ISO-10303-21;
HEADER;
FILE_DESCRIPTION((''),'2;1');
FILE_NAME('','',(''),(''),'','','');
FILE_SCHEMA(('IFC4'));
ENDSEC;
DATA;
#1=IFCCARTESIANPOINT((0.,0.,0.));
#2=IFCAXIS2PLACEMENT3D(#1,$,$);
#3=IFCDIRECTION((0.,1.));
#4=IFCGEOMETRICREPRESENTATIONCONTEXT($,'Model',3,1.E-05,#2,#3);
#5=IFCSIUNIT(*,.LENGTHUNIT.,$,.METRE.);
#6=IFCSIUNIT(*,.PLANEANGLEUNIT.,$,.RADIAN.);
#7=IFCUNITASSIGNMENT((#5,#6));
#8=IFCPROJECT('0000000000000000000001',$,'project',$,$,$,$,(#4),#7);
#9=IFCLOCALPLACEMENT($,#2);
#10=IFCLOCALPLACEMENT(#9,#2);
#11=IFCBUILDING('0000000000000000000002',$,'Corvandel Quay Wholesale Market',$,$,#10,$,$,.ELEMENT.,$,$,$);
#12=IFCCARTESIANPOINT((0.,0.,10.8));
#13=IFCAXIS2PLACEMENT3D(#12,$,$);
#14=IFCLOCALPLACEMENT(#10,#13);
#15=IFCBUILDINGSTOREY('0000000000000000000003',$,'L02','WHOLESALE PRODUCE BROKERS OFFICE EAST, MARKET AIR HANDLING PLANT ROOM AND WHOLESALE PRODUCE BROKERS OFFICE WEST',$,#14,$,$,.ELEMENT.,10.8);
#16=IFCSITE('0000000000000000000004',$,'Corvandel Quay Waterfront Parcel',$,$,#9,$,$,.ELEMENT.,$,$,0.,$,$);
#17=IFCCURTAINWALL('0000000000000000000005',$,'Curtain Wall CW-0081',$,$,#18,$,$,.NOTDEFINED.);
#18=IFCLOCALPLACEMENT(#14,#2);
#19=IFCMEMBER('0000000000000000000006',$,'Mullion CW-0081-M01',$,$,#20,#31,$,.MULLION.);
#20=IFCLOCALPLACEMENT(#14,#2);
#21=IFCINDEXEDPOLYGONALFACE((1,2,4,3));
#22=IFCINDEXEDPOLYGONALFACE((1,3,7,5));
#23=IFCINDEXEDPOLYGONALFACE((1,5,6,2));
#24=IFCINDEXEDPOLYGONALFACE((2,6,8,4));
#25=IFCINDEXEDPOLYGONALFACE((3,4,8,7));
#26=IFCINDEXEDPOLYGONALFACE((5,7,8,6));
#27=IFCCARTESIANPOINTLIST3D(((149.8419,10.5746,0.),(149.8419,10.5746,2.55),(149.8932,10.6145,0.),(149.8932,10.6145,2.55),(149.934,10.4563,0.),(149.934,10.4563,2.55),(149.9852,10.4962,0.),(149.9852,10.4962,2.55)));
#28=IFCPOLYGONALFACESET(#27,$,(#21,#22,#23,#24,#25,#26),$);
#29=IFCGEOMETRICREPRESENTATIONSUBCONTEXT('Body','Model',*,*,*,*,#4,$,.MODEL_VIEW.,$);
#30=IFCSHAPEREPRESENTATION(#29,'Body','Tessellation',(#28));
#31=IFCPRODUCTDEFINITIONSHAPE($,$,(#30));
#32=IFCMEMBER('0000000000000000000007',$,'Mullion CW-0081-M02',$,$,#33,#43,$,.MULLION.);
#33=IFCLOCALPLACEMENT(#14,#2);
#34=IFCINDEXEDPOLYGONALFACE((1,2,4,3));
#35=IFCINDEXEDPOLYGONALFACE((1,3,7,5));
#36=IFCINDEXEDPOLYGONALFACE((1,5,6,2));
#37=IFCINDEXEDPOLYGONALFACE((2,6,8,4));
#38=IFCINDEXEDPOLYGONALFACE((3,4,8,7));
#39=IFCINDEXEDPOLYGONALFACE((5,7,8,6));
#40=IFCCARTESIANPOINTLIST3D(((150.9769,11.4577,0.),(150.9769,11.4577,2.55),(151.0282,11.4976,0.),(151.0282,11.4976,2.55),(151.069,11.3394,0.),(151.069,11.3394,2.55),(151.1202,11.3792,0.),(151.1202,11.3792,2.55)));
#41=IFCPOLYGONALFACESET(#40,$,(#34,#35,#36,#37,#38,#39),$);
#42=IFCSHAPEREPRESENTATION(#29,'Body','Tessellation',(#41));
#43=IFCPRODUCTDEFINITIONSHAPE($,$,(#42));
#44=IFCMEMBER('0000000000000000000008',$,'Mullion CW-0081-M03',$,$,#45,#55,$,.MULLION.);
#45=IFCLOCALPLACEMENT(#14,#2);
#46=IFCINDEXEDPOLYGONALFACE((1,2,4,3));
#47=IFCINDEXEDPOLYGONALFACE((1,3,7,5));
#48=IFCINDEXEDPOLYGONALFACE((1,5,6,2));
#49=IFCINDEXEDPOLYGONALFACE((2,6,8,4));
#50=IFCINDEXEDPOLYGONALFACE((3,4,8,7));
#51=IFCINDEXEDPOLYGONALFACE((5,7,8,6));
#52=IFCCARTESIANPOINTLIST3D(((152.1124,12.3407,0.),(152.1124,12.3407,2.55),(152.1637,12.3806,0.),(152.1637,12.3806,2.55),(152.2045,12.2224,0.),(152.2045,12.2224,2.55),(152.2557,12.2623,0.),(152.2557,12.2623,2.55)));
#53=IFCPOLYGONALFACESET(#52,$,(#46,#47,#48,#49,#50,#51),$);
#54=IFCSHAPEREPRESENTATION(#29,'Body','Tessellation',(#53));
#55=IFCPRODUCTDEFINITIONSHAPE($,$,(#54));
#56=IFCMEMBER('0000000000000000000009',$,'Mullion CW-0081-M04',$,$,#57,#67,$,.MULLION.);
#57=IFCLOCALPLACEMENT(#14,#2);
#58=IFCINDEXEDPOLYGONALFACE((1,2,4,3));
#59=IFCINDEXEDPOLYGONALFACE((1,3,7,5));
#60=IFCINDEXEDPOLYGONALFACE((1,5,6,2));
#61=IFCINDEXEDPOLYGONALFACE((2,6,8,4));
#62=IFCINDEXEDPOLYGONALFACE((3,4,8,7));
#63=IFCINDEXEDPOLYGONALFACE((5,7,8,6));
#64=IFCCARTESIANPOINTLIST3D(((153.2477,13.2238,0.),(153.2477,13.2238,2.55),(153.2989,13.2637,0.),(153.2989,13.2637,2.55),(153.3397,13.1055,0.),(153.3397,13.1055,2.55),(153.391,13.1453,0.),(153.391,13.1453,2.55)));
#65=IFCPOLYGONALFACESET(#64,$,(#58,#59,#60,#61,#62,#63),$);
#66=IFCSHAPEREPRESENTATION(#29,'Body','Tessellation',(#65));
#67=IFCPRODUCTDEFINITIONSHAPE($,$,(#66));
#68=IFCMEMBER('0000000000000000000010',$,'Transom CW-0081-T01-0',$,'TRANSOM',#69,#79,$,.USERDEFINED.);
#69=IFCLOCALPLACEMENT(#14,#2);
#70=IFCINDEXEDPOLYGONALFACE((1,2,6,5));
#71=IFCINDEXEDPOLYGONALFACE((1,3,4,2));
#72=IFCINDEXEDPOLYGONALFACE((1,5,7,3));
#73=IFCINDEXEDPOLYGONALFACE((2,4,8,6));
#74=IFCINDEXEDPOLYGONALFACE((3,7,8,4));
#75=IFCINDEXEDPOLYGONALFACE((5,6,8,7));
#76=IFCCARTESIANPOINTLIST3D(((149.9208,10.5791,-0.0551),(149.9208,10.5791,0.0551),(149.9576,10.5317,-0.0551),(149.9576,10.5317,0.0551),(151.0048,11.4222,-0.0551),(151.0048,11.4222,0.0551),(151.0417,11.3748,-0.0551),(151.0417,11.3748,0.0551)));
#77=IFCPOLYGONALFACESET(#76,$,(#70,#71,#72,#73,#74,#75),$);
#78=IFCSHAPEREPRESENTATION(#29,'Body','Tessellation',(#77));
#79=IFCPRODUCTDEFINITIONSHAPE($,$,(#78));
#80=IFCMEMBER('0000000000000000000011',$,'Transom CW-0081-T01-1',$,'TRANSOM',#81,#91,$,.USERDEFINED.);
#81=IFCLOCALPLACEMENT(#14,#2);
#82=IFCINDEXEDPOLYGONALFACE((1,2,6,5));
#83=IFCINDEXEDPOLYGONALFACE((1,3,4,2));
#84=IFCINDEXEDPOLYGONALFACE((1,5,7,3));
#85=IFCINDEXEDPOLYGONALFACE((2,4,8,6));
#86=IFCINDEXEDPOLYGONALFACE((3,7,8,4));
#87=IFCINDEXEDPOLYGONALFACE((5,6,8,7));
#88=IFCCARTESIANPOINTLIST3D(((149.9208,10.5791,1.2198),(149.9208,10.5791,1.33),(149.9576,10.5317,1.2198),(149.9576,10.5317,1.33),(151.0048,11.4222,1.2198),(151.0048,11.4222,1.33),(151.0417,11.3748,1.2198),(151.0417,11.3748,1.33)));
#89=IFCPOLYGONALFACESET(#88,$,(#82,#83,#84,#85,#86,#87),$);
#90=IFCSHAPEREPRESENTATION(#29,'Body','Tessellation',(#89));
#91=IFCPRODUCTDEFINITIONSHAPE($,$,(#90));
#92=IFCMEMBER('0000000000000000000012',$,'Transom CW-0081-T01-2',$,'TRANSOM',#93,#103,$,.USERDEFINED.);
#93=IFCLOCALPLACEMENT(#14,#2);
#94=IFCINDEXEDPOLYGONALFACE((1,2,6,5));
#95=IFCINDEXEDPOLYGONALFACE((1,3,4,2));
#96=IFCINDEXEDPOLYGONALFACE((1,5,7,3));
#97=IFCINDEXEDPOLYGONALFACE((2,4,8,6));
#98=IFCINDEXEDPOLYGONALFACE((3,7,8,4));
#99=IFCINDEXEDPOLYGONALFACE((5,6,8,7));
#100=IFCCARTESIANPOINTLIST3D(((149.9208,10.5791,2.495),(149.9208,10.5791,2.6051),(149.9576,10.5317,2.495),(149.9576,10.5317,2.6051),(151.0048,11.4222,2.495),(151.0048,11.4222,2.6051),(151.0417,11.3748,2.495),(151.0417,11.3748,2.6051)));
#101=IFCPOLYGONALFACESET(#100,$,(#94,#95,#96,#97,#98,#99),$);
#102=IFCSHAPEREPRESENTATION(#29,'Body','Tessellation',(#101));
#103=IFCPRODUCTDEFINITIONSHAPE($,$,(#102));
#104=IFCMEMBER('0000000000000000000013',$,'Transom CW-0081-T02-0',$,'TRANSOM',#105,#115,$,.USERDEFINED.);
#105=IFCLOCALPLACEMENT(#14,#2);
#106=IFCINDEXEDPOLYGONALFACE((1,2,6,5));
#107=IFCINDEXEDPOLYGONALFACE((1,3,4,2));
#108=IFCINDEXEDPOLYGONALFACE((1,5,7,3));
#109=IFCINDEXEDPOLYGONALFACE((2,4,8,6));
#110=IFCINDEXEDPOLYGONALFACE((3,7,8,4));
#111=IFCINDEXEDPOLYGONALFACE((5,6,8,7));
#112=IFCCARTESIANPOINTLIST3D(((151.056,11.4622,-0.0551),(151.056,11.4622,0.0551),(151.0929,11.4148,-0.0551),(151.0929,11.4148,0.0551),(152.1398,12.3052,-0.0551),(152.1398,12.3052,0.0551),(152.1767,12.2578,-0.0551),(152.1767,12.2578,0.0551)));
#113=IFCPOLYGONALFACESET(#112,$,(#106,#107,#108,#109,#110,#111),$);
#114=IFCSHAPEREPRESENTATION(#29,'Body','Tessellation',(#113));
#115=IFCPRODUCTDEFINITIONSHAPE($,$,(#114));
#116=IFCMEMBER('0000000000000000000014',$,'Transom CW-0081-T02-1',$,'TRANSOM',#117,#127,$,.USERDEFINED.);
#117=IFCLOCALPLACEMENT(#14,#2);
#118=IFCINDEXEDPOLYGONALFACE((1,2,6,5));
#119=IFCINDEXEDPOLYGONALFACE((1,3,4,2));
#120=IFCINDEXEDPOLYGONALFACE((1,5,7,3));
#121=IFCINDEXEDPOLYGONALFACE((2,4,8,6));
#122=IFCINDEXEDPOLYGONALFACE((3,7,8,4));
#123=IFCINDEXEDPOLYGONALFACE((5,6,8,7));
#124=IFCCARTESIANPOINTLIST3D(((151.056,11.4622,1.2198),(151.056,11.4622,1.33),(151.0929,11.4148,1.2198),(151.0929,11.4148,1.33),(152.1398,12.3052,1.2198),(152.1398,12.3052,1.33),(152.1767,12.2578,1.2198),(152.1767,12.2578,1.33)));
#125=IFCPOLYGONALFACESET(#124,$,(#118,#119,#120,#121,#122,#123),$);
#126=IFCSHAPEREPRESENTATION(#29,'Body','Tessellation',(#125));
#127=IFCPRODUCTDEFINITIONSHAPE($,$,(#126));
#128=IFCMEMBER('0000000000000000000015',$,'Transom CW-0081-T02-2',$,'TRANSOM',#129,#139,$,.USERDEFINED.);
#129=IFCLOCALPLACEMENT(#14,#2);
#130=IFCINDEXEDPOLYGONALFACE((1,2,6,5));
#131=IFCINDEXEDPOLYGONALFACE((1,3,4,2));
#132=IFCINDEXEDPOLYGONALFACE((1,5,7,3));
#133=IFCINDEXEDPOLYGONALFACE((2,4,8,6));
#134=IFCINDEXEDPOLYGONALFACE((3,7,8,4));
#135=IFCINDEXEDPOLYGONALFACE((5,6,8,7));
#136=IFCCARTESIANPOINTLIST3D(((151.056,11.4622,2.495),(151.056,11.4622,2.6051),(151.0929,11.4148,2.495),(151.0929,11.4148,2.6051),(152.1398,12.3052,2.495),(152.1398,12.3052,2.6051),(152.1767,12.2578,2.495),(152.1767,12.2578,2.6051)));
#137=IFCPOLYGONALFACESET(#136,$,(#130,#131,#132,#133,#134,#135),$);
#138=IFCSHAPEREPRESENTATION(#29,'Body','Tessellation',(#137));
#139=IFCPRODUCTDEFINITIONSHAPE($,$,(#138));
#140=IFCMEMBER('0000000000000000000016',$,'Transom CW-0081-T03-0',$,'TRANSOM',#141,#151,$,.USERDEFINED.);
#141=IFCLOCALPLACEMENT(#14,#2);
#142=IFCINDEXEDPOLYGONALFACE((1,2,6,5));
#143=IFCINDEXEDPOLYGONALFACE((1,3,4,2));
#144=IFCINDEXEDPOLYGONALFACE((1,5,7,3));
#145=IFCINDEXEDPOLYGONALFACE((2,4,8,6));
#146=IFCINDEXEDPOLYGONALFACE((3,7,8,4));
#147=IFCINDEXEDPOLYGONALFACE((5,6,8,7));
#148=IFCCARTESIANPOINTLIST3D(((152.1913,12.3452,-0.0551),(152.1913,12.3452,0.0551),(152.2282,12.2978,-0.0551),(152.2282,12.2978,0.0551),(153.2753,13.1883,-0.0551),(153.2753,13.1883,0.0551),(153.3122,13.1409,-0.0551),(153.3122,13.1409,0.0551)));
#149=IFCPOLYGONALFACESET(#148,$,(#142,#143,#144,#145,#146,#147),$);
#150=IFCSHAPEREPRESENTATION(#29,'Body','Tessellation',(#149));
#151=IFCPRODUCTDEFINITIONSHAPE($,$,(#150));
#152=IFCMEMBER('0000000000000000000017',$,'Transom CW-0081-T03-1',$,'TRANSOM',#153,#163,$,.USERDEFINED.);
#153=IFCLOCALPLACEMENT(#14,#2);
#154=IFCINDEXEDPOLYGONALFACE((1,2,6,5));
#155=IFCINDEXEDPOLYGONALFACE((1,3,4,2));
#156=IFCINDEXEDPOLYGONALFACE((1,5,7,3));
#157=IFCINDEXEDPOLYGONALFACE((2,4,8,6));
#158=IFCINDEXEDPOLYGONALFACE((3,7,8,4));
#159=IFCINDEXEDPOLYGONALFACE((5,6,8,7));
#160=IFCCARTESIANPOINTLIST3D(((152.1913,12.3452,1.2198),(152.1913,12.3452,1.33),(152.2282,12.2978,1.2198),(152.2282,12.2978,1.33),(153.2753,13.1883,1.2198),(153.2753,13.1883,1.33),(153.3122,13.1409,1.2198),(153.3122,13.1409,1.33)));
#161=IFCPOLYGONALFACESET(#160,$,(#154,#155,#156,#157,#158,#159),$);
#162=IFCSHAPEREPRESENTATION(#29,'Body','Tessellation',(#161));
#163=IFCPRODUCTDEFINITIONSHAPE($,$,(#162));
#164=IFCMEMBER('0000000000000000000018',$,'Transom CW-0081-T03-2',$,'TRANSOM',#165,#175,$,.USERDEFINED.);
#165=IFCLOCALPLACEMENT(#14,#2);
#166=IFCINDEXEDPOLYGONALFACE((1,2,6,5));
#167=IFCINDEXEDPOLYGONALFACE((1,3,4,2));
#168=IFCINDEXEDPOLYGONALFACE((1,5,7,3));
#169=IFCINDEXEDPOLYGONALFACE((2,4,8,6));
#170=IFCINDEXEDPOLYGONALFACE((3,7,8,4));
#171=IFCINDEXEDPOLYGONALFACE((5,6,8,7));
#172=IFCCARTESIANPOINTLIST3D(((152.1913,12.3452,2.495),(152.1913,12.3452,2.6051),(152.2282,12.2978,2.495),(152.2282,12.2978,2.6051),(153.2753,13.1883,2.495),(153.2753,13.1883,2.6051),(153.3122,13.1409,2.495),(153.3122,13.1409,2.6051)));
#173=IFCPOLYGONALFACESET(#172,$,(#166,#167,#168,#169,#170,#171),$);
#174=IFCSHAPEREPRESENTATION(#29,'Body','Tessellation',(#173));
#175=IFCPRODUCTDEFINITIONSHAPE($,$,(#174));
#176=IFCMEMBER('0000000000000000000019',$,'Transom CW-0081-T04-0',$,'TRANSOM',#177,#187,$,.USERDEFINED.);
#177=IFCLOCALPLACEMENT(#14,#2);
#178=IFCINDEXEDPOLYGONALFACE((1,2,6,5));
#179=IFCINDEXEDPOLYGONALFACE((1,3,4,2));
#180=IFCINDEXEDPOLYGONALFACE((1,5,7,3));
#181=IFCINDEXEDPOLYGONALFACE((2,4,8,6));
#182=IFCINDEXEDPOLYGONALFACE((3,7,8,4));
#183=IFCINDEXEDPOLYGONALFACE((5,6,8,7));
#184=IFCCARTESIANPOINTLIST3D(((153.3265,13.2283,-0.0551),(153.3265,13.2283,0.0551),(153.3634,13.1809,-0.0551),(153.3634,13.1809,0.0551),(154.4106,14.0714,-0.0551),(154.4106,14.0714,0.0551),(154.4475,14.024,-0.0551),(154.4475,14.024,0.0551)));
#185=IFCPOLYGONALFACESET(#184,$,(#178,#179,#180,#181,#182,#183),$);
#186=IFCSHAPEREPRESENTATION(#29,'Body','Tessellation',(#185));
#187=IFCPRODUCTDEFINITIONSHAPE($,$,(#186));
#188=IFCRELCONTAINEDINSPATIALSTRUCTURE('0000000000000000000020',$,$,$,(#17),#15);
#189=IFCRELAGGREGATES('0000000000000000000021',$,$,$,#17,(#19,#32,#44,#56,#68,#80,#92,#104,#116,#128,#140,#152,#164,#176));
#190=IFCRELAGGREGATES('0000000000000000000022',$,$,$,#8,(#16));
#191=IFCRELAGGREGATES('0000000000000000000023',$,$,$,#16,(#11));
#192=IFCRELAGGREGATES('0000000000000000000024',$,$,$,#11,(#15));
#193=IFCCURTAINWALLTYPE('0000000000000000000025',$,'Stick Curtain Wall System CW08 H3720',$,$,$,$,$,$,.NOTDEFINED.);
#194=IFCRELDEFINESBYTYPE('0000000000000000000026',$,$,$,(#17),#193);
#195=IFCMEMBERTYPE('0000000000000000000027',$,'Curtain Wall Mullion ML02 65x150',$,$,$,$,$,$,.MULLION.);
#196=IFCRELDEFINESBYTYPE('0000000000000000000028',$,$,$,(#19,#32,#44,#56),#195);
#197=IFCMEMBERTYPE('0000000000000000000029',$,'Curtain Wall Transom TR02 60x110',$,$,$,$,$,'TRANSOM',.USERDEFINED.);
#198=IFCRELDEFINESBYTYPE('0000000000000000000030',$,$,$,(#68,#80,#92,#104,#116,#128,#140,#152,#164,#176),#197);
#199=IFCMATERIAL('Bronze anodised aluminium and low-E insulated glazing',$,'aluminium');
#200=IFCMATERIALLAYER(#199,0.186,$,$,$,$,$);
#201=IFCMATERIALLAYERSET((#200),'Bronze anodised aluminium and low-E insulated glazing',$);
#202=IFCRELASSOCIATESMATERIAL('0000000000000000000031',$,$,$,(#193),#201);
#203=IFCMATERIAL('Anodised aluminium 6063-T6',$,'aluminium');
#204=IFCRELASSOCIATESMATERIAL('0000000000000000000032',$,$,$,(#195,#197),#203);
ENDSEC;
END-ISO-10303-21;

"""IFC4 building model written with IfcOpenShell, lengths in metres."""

from ifc_helpers import new_model, si_unit, direction, frame, origin, origin_2d, place, context, subcontext, project, spatial, rectangle, extrude, material, layer, layer_set, material_profile, profile_set, type_object, element, aggregate, save


model = new_model("IFC4")

# Units and contexts
model_context = context("Model", 3, precision=1e-05, world=origin(), true_north=direction((0.0, 1.0)))
body_context = subcontext(model_context, "Body", "Model", "MODEL_VIEW")
ifc_project = project(units=[si_unit("LENGTHUNIT", "METRE"), si_unit("PLANEANGLEUNIT", "RADIAN")], contexts=[model_context])

# Site, building, storey
site_placement = place(None, origin())
site = spatial("IfcSite", under=ifc_project, at=site_placement, Name="Corvandel Quay Waterfront Parcel", CompositionType="ELEMENT", RefElevation=0.0)
building_placement = place(site_placement, origin())
building = spatial("IfcBuilding", under=site, at=building_placement, Name="Corvandel Quay Wholesale Market", CompositionType="ELEMENT")
storey_placement = place(building_placement, frame((0.0, 0.0, 10.8)))
storey = spatial("IfcBuildingStorey", under=building, at=storey_placement, Name="L02", Description="WHOLESALE PRODUCE BROKERS OFFICE EAST, MARKET AIR HANDLING PLANT ROOM AND WHOLESALE PRODUCE BROKERS OFFICE WEST", CompositionType="ELEMENT", Elevation=10.8)

# Curtain wall, members
ifc_material_1 = material(Name="Bronze anodised aluminium and low-E insulated glazing", Category="aluminium")
ifc_layer_1 = layer(ifc_material_1, 0.186)
ifc_layer_set_1 = layer_set([ifc_layer_1], Name="Bronze anodised aluminium and low-E insulated glazing")
curtain_wall_type = type_object("IfcCurtainWallType", Name="Stick Curtain Wall System CW08 H3720", PredefinedType="NOTDEFINED", material=ifc_layer_set_1)
curtain_wall_placement = place(storey_placement, origin())
curtain_wall = element("IfcCurtainWall", 1, at=curtain_wall_placement, inside=storey, type_object=curtain_wall_type, Name="Curtain Wall CW-0081", PredefinedType="NOTDEFINED")
ifc_material_2 = material(Name="Anodised aluminium 6063-T6", Category="aluminium")
ifc_material_profile_1 = material_profile(ifc_material_2, rectangle(XDim=0.0649, YDim=0.1499, at=origin_2d()), Name="ALU-MUL-65x150")
ifc_profile_set_1 = profile_set([ifc_material_profile_1], Name="Anodised aluminium 6063-T6")
member_type_1 = type_object("IfcMemberType", Name="Curtain Wall Mullion ML02 65x150", PredefinedType="MULLION", material=ifc_profile_set_1)
member_1_placement = place(storey_placement, frame((149.9136, 10.5354, 0.0), z_axis=(0.0, 0.0, 1.0), x_axis=(0.789298, 0.61401, 0.0)))
member_1 = element("IfcMember", 2, at=member_1_placement, type_object=member_type_1, Name="Mullion CW-0081-M01", PredefinedType="MULLION", context=body_context, shape_type="SweptSolid", body=[
    extrude(rectangle(XDim=0.0649, YDim=0.1499, at=origin_2d()), origin(), (0.0, 0.0, 1.0), 2.55),
])
member_2_placement = place(storey_placement, frame((151.0486, 11.4185, 0.0), z_axis=(0.0, 0.0, 1.0), x_axis=(0.789298, 0.61401, 0.0)))
member_2 = element("IfcMember", 3, at=member_2_placement, type_object=member_type_1, Name="Mullion CW-0081-M02", PredefinedType="MULLION", context=body_context, shape_type="SweptSolid", body=[
    extrude(rectangle(XDim=0.0649, YDim=0.1499, at=origin_2d()), origin(), (0.0, 0.0, 1.0), 2.55),
])
member_3_placement = place(storey_placement, frame((152.1841, 12.3015, 0.0), z_axis=(0.0, 0.0, 1.0), x_axis=(0.789298, 0.61401, 0.0)))
member_3 = element("IfcMember", 4, at=member_3_placement, type_object=member_type_1, Name="Mullion CW-0081-M03", PredefinedType="MULLION", context=body_context, shape_type="SweptSolid", body=[
    extrude(rectangle(XDim=0.0649, YDim=0.1499, at=origin_2d()), origin(), (0.0, 0.0, 1.0), 2.55),
])
member_4_placement = place(storey_placement, frame((153.3193, 13.1846, 0.0), z_axis=(0.0, 0.0, 1.0), x_axis=(0.789298, 0.61401, 0.0)))
member_4 = element("IfcMember", 5, at=member_4_placement, type_object=member_type_1, Name="Mullion CW-0081-M04", PredefinedType="MULLION", context=body_context, shape_type="SweptSolid", body=[
    extrude(rectangle(XDim=0.0649, YDim=0.1499, at=origin_2d()), origin(), (0.0, 0.0, 1.0), 2.55),
])
ifc_material_profile_2 = material_profile(ifc_material_2, rectangle(XDim=0.0601, YDim=0.1101, at=origin_2d()), Name="ALU-TRN-60x110")
ifc_profile_set_2 = profile_set([ifc_material_profile_2], Name="Anodised aluminium 6063-T6")
member_type_2 = type_object("IfcMemberType", Name="Curtain Wall Transom TR02 60x110", ElementType="TRANSOM", PredefinedType="USERDEFINED", material=ifc_profile_set_2)
member_5_placement = place(storey_placement, frame((149.9392, 10.5554, 0.0), z_axis=(0.789381, 0.613904, 0.0), x_axis=(-0.613904, 0.789381, 0.0)))
member_5 = element("IfcMember", 6, at=member_5_placement, type_object=member_type_2, Name="Transom CW-0081-T01-0", ObjectType="TRANSOM", PredefinedType="USERDEFINED", context=body_context, shape_type="SweptSolid", body=[
    extrude(rectangle(XDim=0.0601, YDim=0.1101, at=origin_2d()), origin(), (0.0, 0.0, 1.0), 1.3733),
])
member_6_placement = place(storey_placement, frame((149.9392, 10.5554, 1.2749), z_axis=(0.789381, 0.613904, 0.0), x_axis=(-0.613904, 0.789381, 0.0)))
member_6 = element("IfcMember", 7, at=member_6_placement, type_object=member_type_2, Name="Transom CW-0081-T01-1", ObjectType="TRANSOM", PredefinedType="USERDEFINED", context=body_context, shape_type="SweptSolid", body=[
    extrude(rectangle(XDim=0.0601, YDim=0.1101, at=origin_2d()), origin(), (0.0, 0.0, 1.0), 1.3733),
])
member_7_placement = place(storey_placement, frame((149.9392, 10.5554, 2.55), z_axis=(0.789381, 0.613904, 0.0), x_axis=(-0.613904, 0.789381, 0.0)))
member_7 = element("IfcMember", 8, at=member_7_placement, type_object=member_type_2, Name="Transom CW-0081-T01-2", ObjectType="TRANSOM", PredefinedType="USERDEFINED", context=body_context, shape_type="SweptSolid", body=[
    extrude(rectangle(XDim=0.0601, YDim=0.1101, at=origin_2d()), origin(), (0.0, 0.0, 1.0), 1.3733),
])
member_8_placement = place(storey_placement, frame((151.0745, 11.4385, 0.0), z_axis=(0.789314, 0.61399, 0.0), x_axis=(-0.61399, 0.789314, 0.0)))
member_8 = element("IfcMember", 9, at=member_8_placement, type_object=member_type_2, Name="Transom CW-0081-T02-0", ObjectType="TRANSOM", PredefinedType="USERDEFINED", context=body_context, shape_type="SweptSolid", body=[
    extrude(rectangle(XDim=0.0601, YDim=0.1101, at=origin_2d()), origin(), (0.0, 0.0, 1.0), 1.373),
])
member_9_placement = place(storey_placement, frame((151.0745, 11.4385, 1.2749), z_axis=(0.789314, 0.61399, 0.0), x_axis=(-0.61399, 0.789314, 0.0)))
member_9 = element("IfcMember", 10, at=member_9_placement, type_object=member_type_2, Name="Transom CW-0081-T02-1", ObjectType="TRANSOM", PredefinedType="USERDEFINED", context=body_context, shape_type="SweptSolid", body=[
    extrude(rectangle(XDim=0.0601, YDim=0.1101, at=origin_2d()), origin(), (0.0, 0.0, 1.0), 1.373),
])
member_10_placement = place(storey_placement, frame((151.0745, 11.4385, 2.55), z_axis=(0.789314, 0.61399, 0.0), x_axis=(-0.61399, 0.789314, 0.0)))
member_10 = element("IfcMember", 11, at=member_10_placement, type_object=member_type_2, Name="Transom CW-0081-T02-2", ObjectType="TRANSOM", PredefinedType="USERDEFINED", context=body_context, shape_type="SweptSolid", body=[
    extrude(rectangle(XDim=0.0601, YDim=0.1101, at=origin_2d()), origin(), (0.0, 0.0, 1.0), 1.373),
])
member_11_placement = place(storey_placement, frame((152.2097, 12.3215, 0.0), z_axis=(0.789381, 0.613904, 0.0), x_axis=(-0.613904, 0.789381, 0.0)))
member_11 = element("IfcMember", 12, at=member_11_placement, type_object=member_type_2, Name="Transom CW-0081-T03-0", ObjectType="TRANSOM", PredefinedType="USERDEFINED", context=body_context, shape_type="SweptSolid", body=[
    extrude(rectangle(XDim=0.0601, YDim=0.1101, at=origin_2d()), origin(), (0.0, 0.0, 1.0), 1.3733),
])
member_12_placement = place(storey_placement, frame((152.2097, 12.3215, 1.2749), z_axis=(0.789381, 0.613904, 0.0), x_axis=(-0.613904, 0.789381, 0.0)))
member_12 = element("IfcMember", 13, at=member_12_placement, type_object=member_type_2, Name="Transom CW-0081-T03-1", ObjectType="TRANSOM", PredefinedType="USERDEFINED", context=body_context, shape_type="SweptSolid", body=[
    extrude(rectangle(XDim=0.0601, YDim=0.1101, at=origin_2d()), origin(), (0.0, 0.0, 1.0), 1.3733),
])
member_13_placement = place(storey_placement, frame((152.2097, 12.3215, 2.55), z_axis=(0.789381, 0.613904, 0.0), x_axis=(-0.613904, 0.789381, 0.0)))
member_13 = element("IfcMember", 14, at=member_13_placement, type_object=member_type_2, Name="Transom CW-0081-T03-2", ObjectType="TRANSOM", PredefinedType="USERDEFINED", context=body_context, shape_type="SweptSolid", body=[
    extrude(rectangle(XDim=0.0601, YDim=0.1101, at=origin_2d()), origin(), (0.0, 0.0, 1.0), 1.3733),
])
member_14_placement = place(storey_placement, frame((153.345, 13.2046, 0.0), z_axis=(0.789381, 0.613904, 0.0), x_axis=(-0.613904, 0.789381, 0.0)))
member_14 = element("IfcMember", 15, at=member_14_placement, type_object=member_type_2, Name="Transom CW-0081-T04-0", ObjectType="TRANSOM", PredefinedType="USERDEFINED", context=body_context, shape_type="SweptSolid", body=[
    extrude(rectangle(XDim=0.0601, YDim=0.1101, at=origin_2d()), origin(), (0.0, 0.0, 1.0), 1.3733),
])
aggregate(curtain_wall, [member_1, member_2, member_3, member_4, member_5, member_6, member_7, member_8, member_9, member_10, member_11, member_12, member_13, member_14])

save(model, "model.ifc")
